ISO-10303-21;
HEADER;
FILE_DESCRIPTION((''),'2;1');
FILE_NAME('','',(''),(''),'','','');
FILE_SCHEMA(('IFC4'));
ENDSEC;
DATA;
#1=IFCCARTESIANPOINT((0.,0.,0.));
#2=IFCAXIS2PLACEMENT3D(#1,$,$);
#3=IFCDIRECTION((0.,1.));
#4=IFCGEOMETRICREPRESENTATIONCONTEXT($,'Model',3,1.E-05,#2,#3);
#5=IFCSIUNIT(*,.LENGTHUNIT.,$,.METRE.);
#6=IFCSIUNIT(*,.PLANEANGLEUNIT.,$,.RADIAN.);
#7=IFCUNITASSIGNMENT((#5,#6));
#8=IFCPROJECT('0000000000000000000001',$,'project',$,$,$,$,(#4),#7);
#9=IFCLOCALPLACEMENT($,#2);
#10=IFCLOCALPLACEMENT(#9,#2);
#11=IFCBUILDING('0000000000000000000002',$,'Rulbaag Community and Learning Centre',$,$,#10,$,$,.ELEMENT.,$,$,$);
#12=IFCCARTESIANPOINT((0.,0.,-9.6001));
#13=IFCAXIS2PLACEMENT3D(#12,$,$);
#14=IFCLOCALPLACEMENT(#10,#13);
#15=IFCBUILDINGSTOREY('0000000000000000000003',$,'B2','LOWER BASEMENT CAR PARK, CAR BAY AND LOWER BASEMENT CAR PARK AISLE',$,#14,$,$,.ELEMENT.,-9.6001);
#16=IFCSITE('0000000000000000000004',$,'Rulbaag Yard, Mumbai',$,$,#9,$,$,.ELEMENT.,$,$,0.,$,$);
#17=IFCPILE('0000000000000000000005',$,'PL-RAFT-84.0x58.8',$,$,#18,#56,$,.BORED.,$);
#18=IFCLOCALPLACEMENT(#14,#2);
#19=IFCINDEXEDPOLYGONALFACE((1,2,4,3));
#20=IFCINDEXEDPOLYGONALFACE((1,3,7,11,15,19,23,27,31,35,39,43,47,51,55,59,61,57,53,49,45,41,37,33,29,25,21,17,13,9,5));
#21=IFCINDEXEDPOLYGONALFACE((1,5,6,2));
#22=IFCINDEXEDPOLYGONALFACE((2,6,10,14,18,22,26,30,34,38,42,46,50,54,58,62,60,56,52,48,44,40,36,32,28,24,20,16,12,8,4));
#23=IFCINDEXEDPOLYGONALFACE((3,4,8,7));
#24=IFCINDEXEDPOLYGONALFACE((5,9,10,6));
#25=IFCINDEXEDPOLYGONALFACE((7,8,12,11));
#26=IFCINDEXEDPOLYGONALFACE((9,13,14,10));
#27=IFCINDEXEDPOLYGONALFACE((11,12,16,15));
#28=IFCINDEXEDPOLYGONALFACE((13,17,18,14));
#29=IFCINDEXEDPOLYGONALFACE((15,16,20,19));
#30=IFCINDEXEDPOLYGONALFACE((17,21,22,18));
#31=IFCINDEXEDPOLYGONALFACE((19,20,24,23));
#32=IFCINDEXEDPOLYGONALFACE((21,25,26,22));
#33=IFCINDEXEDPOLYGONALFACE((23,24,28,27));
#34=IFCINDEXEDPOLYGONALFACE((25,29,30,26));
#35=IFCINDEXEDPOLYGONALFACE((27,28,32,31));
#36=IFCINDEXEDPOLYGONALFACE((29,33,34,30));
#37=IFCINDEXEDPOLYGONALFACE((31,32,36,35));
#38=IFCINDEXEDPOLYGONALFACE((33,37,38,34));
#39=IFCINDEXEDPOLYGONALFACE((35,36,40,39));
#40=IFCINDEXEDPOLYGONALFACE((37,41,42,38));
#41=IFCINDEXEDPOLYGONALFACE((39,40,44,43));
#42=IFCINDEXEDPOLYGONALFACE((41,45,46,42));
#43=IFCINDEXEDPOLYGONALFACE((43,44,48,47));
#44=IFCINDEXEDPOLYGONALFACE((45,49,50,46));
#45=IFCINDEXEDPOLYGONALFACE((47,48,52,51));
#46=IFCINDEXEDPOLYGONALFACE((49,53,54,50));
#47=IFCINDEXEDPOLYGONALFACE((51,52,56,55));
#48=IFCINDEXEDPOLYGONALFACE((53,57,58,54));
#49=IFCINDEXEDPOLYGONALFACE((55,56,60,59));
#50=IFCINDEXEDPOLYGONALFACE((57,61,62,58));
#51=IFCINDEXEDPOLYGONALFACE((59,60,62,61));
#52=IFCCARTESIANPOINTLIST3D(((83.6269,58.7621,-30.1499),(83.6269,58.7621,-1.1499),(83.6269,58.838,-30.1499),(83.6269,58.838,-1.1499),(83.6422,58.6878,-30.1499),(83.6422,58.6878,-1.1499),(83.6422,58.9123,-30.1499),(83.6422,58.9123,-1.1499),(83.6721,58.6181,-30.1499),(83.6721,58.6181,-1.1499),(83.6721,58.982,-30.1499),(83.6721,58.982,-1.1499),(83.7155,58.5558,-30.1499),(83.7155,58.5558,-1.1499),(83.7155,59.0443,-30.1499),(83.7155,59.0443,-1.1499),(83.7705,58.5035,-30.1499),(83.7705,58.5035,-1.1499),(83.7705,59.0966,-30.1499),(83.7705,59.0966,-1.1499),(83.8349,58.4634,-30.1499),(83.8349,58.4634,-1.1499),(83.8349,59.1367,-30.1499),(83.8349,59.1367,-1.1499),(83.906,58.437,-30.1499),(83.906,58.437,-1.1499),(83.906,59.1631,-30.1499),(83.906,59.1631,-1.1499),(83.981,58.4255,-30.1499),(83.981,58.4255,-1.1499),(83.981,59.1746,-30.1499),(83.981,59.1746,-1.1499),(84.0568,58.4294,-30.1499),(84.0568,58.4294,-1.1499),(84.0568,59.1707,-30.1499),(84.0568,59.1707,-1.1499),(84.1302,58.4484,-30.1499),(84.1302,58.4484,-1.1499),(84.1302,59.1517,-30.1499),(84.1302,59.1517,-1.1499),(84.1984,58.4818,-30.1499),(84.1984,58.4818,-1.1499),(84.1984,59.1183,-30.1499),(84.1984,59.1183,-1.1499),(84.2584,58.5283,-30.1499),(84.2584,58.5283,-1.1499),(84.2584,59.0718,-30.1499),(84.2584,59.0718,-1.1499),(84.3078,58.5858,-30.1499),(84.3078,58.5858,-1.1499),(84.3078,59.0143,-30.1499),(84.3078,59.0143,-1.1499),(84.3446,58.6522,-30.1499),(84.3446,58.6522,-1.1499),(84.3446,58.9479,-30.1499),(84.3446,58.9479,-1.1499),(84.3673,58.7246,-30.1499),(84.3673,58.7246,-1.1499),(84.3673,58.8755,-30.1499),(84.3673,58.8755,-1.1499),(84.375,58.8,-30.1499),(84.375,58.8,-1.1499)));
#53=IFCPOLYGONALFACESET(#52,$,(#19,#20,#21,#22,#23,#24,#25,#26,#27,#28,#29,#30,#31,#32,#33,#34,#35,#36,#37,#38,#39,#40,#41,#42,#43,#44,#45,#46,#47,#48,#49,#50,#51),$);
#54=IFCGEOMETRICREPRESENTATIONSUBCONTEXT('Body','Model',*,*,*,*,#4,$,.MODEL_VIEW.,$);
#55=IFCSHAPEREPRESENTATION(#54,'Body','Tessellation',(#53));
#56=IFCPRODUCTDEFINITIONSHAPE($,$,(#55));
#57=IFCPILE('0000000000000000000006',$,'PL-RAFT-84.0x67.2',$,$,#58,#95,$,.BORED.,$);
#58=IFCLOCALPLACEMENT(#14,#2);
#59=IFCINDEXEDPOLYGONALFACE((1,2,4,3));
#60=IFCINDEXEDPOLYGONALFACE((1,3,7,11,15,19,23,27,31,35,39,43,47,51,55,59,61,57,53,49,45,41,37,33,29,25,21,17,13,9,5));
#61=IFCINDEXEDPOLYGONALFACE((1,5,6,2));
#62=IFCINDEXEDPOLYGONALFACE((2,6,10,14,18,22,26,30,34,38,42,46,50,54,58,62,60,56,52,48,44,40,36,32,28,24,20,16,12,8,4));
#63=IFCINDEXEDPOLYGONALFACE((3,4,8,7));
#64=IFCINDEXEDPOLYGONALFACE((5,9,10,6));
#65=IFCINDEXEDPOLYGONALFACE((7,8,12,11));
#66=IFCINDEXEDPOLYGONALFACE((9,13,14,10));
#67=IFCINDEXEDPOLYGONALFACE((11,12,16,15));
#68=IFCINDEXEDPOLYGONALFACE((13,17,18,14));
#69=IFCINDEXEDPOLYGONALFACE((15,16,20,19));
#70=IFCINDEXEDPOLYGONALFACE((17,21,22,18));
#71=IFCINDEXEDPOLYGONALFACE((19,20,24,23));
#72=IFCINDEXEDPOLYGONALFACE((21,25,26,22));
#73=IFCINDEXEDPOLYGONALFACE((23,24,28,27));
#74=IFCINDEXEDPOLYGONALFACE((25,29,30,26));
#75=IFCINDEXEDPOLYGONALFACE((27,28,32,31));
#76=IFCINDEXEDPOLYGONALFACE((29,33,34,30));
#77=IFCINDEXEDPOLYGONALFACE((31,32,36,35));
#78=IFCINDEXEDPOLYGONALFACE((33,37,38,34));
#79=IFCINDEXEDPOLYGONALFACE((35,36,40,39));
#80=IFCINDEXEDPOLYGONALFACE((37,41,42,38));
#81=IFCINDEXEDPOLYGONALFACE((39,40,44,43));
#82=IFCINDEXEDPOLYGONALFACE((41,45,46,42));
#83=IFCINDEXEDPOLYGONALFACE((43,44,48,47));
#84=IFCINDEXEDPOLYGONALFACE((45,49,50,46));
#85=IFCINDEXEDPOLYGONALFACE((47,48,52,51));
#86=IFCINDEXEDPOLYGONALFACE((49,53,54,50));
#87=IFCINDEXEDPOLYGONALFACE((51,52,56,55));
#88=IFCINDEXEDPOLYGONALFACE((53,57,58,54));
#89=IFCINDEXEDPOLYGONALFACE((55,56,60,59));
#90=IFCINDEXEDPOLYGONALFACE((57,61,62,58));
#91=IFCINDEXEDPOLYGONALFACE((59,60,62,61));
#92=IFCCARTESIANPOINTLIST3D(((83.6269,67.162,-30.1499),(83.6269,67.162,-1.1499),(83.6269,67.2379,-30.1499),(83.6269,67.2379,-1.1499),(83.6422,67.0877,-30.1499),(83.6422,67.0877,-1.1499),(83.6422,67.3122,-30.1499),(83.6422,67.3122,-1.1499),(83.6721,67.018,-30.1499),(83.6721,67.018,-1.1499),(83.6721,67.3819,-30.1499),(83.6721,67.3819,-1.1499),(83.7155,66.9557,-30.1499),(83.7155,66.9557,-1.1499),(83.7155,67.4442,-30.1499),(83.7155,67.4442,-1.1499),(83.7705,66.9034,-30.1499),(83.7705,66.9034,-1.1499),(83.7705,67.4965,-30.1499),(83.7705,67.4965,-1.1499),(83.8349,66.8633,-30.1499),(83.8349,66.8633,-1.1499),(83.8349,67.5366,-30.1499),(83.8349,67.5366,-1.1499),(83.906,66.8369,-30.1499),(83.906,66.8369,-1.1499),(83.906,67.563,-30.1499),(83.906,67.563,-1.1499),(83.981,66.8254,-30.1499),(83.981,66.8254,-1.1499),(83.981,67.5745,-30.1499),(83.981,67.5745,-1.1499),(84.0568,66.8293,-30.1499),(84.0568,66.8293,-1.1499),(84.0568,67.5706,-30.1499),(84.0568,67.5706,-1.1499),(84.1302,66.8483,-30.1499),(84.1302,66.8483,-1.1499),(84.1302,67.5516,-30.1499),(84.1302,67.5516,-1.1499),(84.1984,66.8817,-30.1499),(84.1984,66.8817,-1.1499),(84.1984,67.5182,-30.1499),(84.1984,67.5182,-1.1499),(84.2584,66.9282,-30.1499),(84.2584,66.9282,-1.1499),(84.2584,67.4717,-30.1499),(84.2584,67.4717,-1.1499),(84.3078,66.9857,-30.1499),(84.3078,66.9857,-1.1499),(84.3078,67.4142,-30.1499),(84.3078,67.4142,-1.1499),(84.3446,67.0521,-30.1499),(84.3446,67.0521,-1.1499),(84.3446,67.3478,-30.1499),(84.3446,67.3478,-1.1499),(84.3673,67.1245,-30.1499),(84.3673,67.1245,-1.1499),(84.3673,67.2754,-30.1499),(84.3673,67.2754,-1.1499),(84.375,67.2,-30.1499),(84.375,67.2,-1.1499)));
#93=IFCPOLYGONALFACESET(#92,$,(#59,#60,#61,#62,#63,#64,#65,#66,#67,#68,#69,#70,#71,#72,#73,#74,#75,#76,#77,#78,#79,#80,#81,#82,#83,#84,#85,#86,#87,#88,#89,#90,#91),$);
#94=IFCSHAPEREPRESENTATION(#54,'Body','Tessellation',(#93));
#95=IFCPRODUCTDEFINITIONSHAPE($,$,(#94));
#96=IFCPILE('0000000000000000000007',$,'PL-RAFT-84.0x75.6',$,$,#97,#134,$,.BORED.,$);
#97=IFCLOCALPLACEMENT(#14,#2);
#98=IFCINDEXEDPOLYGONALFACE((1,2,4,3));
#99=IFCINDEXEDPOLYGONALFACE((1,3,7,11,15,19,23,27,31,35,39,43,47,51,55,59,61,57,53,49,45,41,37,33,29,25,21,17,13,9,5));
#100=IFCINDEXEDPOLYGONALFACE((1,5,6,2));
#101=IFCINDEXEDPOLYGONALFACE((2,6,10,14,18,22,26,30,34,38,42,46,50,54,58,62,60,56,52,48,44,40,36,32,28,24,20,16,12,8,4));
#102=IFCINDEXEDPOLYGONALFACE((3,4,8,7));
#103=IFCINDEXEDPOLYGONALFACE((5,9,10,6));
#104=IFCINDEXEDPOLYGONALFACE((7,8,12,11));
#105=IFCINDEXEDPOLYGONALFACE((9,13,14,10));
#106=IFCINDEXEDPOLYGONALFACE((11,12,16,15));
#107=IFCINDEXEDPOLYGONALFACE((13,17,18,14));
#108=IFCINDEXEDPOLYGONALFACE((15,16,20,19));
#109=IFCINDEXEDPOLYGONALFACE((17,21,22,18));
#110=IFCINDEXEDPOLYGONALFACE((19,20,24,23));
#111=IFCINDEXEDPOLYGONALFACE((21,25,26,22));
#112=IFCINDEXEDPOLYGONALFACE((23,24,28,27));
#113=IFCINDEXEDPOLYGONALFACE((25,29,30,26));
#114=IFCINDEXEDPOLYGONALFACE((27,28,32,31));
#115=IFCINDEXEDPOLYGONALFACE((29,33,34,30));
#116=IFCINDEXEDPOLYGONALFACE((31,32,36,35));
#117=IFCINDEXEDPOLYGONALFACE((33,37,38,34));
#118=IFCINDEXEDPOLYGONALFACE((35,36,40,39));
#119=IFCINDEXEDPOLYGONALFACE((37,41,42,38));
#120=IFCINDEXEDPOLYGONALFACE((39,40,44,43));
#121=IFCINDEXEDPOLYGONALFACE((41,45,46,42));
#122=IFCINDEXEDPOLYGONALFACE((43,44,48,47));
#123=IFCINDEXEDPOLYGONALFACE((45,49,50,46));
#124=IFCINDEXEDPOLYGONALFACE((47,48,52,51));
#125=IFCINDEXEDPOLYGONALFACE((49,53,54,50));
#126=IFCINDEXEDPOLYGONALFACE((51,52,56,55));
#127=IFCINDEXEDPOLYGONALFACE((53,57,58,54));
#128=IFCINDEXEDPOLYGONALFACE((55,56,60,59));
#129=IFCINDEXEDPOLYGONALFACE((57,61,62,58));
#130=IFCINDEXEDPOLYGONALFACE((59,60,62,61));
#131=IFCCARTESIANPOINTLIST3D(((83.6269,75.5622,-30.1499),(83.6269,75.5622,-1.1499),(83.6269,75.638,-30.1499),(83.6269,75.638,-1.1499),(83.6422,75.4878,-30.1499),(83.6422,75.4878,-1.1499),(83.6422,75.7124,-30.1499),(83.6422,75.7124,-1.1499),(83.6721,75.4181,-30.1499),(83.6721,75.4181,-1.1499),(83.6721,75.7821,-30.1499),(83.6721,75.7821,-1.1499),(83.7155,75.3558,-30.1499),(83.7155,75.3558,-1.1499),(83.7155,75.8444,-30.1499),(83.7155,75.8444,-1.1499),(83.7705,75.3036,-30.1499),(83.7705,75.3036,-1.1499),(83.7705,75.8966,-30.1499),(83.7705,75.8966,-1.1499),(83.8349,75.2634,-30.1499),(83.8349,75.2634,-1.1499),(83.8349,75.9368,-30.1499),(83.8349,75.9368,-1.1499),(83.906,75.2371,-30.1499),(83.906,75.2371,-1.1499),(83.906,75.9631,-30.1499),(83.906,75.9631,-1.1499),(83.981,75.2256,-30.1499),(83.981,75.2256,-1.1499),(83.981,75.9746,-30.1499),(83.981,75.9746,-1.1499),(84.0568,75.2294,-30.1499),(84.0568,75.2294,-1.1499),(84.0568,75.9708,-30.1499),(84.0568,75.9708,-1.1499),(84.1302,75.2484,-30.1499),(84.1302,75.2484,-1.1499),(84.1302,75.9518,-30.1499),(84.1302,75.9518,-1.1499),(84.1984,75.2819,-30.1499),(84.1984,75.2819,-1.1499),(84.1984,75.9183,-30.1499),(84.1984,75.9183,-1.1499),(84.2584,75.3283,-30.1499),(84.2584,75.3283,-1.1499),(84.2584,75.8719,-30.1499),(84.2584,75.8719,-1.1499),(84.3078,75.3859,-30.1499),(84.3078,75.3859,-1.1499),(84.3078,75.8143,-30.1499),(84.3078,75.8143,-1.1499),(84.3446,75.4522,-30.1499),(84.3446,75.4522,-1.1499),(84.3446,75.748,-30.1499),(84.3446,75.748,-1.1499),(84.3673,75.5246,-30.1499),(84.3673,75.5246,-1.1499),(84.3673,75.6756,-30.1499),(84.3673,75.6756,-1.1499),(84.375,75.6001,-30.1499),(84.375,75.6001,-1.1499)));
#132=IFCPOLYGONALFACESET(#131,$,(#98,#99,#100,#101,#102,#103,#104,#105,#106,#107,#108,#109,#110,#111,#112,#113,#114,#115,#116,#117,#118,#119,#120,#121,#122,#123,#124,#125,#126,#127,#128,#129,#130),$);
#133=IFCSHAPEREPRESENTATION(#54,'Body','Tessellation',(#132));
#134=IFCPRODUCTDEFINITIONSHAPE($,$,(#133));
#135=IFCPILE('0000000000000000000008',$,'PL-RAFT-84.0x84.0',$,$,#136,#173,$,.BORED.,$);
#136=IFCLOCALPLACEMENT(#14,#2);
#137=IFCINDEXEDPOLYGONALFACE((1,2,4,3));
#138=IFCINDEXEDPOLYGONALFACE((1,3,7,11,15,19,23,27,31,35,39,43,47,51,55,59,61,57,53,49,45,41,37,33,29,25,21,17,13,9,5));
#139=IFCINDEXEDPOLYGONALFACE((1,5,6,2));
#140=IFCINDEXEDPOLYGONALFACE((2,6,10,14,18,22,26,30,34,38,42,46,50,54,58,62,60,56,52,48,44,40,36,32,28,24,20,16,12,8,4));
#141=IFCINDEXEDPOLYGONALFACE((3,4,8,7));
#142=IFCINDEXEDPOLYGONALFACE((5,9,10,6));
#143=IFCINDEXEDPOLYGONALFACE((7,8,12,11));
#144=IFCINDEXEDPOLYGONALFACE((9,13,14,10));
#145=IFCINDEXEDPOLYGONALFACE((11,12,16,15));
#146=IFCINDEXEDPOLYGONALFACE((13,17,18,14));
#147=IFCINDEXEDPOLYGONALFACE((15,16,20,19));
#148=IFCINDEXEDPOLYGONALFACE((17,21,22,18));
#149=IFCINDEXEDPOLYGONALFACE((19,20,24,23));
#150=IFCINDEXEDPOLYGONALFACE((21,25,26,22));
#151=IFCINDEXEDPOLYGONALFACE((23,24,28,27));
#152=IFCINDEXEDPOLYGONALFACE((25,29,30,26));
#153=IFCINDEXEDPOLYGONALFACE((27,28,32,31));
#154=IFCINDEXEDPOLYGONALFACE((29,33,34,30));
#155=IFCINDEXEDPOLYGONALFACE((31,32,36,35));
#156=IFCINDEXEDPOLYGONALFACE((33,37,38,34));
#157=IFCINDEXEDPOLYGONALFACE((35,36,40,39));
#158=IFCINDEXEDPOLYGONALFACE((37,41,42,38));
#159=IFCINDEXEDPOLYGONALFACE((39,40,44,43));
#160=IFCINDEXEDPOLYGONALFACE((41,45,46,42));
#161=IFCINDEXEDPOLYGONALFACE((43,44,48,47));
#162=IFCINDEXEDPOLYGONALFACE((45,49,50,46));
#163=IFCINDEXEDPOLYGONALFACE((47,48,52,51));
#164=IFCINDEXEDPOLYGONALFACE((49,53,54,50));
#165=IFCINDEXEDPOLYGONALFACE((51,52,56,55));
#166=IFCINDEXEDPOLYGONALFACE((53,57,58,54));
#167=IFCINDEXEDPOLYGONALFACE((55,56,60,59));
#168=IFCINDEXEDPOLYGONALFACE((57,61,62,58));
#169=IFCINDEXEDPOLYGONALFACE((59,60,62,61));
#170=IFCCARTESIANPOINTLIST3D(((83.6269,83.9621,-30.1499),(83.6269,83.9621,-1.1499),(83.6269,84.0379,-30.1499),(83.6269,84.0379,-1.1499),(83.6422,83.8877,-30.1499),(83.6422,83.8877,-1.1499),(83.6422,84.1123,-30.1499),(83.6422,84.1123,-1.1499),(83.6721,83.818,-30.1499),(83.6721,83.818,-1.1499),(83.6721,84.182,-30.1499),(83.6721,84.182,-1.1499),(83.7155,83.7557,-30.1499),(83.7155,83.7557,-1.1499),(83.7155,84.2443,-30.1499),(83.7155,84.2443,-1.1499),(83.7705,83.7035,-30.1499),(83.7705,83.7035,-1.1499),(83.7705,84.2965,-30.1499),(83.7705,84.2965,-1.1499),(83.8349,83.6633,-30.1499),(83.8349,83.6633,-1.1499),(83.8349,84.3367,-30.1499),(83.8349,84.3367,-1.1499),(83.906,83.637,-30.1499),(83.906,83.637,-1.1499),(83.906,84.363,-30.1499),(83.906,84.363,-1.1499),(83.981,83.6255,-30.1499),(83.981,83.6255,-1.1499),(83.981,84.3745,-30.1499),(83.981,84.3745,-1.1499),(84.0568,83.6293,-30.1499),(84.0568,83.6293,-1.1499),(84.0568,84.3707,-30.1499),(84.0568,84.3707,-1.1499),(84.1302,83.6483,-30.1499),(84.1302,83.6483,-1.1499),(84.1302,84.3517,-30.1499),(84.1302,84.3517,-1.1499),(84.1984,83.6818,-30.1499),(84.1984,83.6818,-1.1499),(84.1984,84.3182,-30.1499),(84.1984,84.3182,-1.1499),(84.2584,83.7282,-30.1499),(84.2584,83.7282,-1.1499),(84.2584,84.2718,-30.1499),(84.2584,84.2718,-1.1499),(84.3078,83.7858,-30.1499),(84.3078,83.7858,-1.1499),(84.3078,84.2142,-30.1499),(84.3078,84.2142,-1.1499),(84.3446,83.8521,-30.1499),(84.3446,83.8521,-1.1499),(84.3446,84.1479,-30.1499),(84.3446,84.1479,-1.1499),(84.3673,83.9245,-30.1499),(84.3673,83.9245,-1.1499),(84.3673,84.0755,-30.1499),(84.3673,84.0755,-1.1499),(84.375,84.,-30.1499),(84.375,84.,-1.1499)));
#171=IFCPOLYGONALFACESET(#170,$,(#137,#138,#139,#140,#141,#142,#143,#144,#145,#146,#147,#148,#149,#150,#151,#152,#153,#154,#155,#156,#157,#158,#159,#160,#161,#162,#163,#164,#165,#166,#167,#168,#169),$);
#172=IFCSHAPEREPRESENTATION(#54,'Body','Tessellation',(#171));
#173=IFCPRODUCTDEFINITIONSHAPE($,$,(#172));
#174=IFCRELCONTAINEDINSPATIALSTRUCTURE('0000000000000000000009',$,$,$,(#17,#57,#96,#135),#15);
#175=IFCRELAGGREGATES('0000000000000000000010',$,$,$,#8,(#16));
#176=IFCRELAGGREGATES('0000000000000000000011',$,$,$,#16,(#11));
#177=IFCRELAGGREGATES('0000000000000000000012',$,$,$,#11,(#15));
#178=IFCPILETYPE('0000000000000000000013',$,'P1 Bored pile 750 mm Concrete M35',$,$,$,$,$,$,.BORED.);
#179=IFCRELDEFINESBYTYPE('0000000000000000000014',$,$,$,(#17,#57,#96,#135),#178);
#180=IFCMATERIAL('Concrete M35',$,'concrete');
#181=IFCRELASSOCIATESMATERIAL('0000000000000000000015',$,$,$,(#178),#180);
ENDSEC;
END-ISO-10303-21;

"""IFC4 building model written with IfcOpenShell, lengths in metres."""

from ifc_helpers import new_model, si_unit, direction, frame, origin, origin_2d, place, context, subcontext, project, spatial, circle, extrude, material, material_profile, profile_set, type_object, element, save


model = new_model("IFC4")

# Units and contexts
model_context = context("Model", 3, precision=1e-05, world=origin(), true_north=direction((0.0, 1.0)))
body_context = subcontext(model_context, "Body", "Model", "MODEL_VIEW")
ifc_project = project(units=[si_unit("LENGTHUNIT", "METRE"), si_unit("PLANEANGLEUNIT", "RADIAN")], contexts=[model_context])

# Site, building, storey
site_placement = place(None, origin())
site = spatial("IfcSite", under=ifc_project, at=site_placement, Name="Rulbaag Yard, Mumbai", CompositionType="ELEMENT", RefElevation=0.0)
building_placement = place(site_placement, origin())
building = spatial("IfcBuilding", under=site, at=building_placement, Name="Rulbaag Community and Learning Centre", CompositionType="ELEMENT")
storey_placement = place(building_placement, frame((0.0, 0.0, -9.6001)))
storey = spatial("IfcBuildingStorey", under=building, at=storey_placement, Name="B2", Description="LOWER BASEMENT CAR PARK, CAR BAY AND LOWER BASEMENT CAR PARK AISLE", CompositionType="ELEMENT", Elevation=-9.6001)

# Piles
ifc_material_1 = material(Name="Concrete M35", Category="concrete")
ifc_material_profile_1 = material_profile(ifc_material_1, circle(Radius=0.375, at=origin_2d()), Name="BP750")
ifc_profile_set_1 = profile_set([ifc_material_profile_1], Name="Concrete M35")
pile_type_1 = type_object("IfcPileType", Name="P1 Bored pile 750 mm Concrete M35", PredefinedType="BORED", material=ifc_profile_set_1)
for number, where, z_axis, x_axis, name in (
    (1, (84.0, 58.8, -1.1499), (0.0, 0.0, -1.0), (1.0, 0.0, 0.0), "PL-RAFT-84.0x58.8"),
    (2, (84.0, 67.2, -1.1499), (0.0, 0.0, -1.0), (1.0, 0.0, 0.0), "PL-RAFT-84.0x67.2"),
    (3, (84.0, 75.6001, -1.1499), (0.0, 0.0, -1.0), (1.0, 0.0, 0.0), "PL-RAFT-84.0x75.6"),
    (4, (84.0, 84.0, -1.1499), (0.0, 0.0, -1.0), (1.0, 0.0, 0.0), "PL-RAFT-84.0x84.0"),
):
    element("IfcPile", number, at=place(storey_placement, frame(where, z_axis=z_axis, x_axis=x_axis)), inside=storey, type_object=pile_type_1, Name=name, PredefinedType="BORED", context=body_context, shape_type="SweptSolid", body=[
        extrude(circle(Radius=0.375, at=origin_2d()), origin(), (0.0, 0.0, 1.0), 29.0),
    ])

save(model, "model.ifc")
